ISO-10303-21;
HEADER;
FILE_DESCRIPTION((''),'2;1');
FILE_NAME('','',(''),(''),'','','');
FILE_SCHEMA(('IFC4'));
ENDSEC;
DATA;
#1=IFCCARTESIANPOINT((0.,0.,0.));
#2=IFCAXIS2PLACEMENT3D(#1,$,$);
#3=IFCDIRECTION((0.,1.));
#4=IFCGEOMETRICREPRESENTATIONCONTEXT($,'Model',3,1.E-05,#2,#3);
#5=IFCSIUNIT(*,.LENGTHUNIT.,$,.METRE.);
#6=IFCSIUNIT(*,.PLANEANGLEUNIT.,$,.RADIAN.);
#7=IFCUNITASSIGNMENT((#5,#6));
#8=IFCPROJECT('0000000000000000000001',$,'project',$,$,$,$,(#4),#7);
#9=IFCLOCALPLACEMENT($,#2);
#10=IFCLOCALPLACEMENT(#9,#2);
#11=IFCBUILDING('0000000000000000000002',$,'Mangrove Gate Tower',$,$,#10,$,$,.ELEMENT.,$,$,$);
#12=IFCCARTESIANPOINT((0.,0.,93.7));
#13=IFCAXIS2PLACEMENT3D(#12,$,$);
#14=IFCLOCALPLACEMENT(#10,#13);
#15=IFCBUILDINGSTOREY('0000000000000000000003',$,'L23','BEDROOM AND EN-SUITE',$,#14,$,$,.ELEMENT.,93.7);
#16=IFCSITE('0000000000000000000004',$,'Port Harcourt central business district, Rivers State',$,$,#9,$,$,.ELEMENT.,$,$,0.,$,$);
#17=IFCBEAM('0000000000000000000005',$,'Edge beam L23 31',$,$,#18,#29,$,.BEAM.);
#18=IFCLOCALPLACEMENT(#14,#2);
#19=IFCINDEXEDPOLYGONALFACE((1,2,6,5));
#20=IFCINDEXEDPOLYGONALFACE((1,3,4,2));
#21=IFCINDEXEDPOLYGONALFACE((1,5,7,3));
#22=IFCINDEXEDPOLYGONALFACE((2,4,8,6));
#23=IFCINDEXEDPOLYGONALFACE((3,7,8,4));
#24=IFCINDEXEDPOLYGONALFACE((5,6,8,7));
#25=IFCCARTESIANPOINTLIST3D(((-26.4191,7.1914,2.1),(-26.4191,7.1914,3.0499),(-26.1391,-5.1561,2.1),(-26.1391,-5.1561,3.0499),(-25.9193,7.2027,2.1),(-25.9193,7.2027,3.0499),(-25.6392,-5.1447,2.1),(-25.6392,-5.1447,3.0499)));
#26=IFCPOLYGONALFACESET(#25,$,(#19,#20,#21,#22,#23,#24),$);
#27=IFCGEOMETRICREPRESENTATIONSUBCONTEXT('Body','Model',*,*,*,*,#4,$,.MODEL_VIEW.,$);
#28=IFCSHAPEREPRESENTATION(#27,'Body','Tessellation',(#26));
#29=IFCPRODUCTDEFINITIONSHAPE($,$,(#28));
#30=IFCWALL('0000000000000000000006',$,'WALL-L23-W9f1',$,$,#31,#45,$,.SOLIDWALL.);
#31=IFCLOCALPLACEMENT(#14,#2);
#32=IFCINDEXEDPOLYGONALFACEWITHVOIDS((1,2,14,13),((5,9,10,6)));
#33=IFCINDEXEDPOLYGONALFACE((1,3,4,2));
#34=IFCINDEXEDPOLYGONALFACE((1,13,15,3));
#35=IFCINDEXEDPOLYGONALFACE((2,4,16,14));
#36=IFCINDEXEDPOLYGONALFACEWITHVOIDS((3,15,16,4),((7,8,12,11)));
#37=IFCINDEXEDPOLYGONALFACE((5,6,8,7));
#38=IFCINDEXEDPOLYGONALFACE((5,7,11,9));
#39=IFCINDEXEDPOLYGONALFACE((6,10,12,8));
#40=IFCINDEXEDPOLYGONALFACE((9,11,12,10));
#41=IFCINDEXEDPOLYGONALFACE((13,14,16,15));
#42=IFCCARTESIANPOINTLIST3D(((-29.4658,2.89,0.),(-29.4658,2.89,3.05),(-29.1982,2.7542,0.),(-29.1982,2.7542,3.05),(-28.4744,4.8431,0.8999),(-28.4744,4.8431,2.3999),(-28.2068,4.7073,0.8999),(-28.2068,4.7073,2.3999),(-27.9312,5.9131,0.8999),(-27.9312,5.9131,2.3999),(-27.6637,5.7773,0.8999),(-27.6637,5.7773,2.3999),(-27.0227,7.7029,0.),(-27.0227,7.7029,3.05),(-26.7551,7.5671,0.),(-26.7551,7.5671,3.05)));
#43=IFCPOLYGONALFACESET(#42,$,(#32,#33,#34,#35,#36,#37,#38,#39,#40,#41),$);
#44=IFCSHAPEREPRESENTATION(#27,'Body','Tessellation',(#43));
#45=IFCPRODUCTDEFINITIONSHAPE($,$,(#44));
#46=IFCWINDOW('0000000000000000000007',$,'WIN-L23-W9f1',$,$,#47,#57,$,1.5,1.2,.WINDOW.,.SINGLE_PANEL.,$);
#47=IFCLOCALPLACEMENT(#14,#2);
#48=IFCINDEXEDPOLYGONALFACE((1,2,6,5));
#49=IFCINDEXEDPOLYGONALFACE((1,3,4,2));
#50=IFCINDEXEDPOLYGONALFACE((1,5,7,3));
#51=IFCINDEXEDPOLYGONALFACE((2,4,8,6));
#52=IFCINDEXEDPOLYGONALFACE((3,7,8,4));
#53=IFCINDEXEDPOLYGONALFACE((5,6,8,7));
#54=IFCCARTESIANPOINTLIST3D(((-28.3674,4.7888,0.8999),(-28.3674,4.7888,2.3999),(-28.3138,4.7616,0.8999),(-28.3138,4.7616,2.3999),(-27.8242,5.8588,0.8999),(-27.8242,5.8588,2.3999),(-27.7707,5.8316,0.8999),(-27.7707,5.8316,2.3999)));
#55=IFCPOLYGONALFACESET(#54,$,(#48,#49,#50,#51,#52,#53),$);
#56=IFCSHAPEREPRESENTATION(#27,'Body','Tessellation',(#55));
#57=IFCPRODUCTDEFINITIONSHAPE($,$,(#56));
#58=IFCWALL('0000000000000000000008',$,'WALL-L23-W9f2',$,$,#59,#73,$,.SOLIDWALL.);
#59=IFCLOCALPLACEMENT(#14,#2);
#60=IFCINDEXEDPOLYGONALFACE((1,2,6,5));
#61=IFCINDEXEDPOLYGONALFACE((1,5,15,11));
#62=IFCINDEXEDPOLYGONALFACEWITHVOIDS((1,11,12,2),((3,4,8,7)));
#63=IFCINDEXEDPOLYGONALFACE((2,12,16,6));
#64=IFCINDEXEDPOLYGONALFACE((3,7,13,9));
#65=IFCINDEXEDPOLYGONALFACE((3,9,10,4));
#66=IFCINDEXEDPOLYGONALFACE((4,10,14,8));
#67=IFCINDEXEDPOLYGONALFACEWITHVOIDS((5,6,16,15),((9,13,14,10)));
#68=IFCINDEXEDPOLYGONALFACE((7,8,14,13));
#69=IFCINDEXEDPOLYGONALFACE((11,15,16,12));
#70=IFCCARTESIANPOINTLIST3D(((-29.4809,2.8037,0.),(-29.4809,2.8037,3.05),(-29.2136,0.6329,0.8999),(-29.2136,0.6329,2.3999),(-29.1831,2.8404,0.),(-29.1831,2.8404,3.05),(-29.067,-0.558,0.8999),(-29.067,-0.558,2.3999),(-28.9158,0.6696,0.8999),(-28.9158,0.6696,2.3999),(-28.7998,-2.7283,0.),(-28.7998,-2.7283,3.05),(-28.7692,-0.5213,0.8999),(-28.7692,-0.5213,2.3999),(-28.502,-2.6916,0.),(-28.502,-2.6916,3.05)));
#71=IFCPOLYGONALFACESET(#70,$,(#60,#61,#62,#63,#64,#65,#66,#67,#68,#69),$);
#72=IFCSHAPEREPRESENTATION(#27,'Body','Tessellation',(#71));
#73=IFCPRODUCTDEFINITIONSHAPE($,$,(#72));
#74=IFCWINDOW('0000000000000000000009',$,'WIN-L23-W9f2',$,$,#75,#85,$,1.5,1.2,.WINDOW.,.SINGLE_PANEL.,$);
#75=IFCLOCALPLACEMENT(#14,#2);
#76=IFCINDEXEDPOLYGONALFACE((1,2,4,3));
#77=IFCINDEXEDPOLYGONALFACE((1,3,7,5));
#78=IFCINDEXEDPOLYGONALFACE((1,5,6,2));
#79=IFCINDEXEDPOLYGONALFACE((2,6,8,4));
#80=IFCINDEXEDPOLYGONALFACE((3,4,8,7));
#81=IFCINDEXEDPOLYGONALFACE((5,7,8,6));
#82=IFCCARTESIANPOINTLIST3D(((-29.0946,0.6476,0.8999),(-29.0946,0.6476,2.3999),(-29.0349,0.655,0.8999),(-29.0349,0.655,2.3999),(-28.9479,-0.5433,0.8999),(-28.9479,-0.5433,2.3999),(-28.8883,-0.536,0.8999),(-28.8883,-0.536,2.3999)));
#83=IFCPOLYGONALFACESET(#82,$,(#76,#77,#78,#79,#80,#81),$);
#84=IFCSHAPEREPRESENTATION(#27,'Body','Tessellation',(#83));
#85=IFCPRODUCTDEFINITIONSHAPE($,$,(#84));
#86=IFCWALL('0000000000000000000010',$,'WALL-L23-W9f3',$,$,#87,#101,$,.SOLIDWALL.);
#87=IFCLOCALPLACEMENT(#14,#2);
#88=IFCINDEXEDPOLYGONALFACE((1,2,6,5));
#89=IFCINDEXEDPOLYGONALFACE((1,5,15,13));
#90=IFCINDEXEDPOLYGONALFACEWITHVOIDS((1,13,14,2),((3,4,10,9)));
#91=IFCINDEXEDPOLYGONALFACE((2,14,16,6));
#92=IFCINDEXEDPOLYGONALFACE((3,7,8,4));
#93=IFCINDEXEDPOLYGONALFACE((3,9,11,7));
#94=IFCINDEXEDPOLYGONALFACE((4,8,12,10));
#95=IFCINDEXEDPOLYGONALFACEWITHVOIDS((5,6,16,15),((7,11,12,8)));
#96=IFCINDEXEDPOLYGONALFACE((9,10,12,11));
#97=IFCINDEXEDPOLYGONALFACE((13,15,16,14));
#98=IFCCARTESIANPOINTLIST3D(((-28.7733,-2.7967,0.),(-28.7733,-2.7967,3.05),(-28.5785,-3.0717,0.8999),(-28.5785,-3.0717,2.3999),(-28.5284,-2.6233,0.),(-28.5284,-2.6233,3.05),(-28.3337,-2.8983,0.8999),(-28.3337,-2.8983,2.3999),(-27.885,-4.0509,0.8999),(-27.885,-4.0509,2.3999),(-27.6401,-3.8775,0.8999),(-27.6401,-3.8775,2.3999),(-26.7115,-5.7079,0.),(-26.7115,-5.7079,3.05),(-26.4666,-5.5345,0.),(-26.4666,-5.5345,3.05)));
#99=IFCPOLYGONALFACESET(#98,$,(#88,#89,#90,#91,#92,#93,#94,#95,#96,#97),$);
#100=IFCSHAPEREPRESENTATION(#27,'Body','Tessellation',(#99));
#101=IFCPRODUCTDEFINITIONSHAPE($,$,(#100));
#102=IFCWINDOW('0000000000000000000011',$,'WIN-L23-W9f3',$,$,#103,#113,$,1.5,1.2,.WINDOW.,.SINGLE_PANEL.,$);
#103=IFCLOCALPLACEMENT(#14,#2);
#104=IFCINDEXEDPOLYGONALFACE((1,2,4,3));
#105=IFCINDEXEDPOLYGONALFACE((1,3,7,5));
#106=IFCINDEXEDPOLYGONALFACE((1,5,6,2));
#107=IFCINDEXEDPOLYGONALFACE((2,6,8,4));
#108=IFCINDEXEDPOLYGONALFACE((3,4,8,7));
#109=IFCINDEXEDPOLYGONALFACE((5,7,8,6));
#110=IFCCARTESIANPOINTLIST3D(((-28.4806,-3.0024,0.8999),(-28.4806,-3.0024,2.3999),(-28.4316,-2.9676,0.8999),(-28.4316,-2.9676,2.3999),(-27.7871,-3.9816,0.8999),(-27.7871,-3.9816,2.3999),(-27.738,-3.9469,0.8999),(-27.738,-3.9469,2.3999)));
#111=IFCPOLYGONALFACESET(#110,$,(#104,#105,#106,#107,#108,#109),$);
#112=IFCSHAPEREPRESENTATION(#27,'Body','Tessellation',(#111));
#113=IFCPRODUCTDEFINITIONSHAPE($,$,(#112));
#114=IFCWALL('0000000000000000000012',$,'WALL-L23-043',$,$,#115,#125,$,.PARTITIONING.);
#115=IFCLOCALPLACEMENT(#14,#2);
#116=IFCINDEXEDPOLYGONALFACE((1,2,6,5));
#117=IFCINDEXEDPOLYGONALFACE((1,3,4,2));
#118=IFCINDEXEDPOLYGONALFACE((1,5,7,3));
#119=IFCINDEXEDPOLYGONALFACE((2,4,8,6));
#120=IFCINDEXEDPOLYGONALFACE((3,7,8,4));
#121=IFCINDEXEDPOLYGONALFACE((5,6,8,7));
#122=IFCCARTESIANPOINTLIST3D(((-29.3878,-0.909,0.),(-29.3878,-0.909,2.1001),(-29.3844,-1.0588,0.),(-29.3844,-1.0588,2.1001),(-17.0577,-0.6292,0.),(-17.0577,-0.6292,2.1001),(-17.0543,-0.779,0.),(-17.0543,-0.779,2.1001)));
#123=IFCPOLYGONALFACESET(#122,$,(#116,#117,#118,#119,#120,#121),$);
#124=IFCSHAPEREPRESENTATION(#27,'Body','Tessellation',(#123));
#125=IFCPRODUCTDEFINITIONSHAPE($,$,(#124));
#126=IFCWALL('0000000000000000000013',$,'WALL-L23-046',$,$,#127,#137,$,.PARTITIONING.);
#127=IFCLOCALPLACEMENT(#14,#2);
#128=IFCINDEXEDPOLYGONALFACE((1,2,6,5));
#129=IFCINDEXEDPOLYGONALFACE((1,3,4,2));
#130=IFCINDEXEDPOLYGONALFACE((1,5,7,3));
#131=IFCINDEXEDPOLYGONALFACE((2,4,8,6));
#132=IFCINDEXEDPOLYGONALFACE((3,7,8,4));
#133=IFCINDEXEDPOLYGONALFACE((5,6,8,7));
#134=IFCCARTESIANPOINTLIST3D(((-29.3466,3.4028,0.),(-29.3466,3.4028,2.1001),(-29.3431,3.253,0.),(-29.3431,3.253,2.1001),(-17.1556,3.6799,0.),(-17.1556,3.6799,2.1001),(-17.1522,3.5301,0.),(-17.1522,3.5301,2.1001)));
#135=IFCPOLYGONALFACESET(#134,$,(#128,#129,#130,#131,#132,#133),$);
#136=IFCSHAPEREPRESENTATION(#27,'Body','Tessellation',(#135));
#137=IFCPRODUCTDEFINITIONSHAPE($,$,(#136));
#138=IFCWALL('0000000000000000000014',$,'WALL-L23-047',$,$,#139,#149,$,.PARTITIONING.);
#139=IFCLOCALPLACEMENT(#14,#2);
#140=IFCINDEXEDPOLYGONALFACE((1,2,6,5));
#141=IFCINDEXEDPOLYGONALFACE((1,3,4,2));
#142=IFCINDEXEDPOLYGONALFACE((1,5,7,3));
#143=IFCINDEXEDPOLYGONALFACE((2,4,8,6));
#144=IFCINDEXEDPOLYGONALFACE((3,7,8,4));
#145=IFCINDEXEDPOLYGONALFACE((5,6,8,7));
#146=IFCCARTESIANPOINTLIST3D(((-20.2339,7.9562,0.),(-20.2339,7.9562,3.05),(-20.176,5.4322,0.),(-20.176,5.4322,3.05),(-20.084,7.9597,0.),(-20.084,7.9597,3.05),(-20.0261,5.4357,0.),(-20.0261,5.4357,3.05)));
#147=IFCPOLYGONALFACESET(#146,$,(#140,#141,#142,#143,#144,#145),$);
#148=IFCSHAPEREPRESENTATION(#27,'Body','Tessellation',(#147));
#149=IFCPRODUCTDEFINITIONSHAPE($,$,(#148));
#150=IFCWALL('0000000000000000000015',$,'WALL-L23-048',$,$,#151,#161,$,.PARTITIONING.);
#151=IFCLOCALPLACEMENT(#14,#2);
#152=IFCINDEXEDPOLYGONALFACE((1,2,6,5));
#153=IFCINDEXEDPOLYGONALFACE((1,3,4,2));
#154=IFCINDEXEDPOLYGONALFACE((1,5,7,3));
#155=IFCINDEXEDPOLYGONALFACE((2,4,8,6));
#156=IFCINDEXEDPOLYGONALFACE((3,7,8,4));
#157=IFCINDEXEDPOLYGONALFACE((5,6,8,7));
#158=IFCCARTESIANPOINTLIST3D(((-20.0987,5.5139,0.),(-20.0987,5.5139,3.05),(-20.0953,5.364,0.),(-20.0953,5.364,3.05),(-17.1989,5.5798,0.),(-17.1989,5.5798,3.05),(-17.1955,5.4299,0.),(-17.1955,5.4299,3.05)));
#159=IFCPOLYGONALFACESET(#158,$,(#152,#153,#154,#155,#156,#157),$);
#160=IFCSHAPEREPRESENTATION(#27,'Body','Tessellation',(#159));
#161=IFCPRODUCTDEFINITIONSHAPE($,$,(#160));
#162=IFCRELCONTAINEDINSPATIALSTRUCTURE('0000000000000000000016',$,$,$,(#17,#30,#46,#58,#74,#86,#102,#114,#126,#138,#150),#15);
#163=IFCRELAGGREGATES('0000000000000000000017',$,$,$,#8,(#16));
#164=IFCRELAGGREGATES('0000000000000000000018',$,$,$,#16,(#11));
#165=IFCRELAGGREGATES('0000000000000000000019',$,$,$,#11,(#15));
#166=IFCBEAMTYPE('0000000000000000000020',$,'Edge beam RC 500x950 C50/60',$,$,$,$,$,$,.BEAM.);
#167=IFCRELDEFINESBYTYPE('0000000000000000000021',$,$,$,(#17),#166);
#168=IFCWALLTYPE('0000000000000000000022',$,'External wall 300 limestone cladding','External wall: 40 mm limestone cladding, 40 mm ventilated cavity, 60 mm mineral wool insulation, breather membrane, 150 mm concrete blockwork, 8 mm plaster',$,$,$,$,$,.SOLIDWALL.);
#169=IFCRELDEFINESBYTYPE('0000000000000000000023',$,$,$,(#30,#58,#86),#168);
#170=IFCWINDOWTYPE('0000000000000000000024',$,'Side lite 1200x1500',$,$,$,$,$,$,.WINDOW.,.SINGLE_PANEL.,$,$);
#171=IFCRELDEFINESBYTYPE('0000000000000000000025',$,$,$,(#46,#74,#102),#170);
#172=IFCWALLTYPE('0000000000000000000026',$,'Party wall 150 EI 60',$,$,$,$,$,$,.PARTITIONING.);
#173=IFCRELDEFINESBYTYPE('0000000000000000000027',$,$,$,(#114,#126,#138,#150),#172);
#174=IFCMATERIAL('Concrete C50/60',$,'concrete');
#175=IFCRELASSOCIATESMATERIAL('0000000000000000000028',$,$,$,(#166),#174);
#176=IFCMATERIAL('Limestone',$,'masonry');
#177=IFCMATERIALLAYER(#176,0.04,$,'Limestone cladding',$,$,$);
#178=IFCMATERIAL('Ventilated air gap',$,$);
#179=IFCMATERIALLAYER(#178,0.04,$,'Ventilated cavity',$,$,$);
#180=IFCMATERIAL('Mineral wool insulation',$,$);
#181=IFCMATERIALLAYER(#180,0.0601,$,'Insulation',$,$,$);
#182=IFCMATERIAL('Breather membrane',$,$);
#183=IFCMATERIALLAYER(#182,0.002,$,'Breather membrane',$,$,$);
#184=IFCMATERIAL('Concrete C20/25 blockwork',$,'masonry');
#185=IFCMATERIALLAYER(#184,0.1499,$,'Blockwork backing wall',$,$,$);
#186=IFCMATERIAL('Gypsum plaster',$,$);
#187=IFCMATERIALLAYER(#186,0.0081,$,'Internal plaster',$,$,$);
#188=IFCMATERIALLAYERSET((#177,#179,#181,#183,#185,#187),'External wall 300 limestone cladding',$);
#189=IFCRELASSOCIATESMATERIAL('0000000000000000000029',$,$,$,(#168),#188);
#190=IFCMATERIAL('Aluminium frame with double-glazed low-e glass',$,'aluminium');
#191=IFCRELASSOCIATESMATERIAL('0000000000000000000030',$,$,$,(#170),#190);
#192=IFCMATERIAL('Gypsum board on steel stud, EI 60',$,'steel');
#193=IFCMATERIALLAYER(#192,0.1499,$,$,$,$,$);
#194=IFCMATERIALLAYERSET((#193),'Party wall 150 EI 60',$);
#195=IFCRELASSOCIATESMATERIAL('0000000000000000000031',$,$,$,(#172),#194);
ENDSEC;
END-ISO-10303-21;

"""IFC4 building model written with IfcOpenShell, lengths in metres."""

from ifc_helpers import new_model, si_unit, direction, frame, frame_2d, origin, origin_2d, place, context, subcontext, project, spatial, rectangle, extrude, material, layer, layer_set, material_profile, profile_set, type_object, element, fill, save


model = new_model("IFC4")

# Units and contexts
model_context = context("Model", 3, precision=1e-05, world=origin(), true_north=direction((0.0, 1.0)))
body_context = subcontext(model_context, "Body", "Model", "MODEL_VIEW")
ifc_project = project(units=[si_unit("LENGTHUNIT", "METRE"), si_unit("PLANEANGLEUNIT", "RADIAN")], contexts=[model_context])

# Site, building, storey
site_placement = place(None, origin())
site = spatial("IfcSite", under=ifc_project, at=site_placement, Name="Port Harcourt central business district, Rivers State", CompositionType="ELEMENT", RefElevation=0.0)
building_placement = place(site_placement, origin())
building = spatial("IfcBuilding", under=site, at=building_placement, Name="Mangrove Gate Tower", CompositionType="ELEMENT")
storey_placement = place(building_placement, frame((0.0, 0.0, 93.7)))
storey = spatial("IfcBuildingStorey", under=building, at=storey_placement, Name="L23", Description="BEDROOM AND EN-SUITE", CompositionType="ELEMENT", Elevation=93.7)

# Beam
ifc_material_1 = material(Name="Concrete C50/60", Category="concrete")
ifc_material_profile = material_profile(ifc_material_1, rectangle(XDim=0.5, YDim=0.95, at=origin_2d()))
ifc_profile_set = profile_set([ifc_material_profile], Name="Concrete C50/60")
beam_type = type_object("IfcBeamType", Name="Edge beam RC 500x950 C50/60", PredefinedType="BEAM", material=ifc_profile_set)
beam_placement = place(storey_placement, frame((-26.1692, 7.197, 2.575), z_axis=(0.022673, -0.999743, 0.0), x_axis=(0.999743, 0.022673, 0.0)))
element("IfcBeam", 1, at=beam_placement, inside=storey, type_object=beam_type, Name="Edge beam L23 31", PredefinedType="BEAM", context=body_context, shape_type="SweptSolid", body=[
    extrude(rectangle(XDim=0.5, YDim=0.95, at=origin_2d()), origin(), (0.0, 0.0, 1.0), 12.3506),
])

# Walls, openings, windows
ifc_material_2 = material(Name="Limestone", Category="masonry")
ifc_layer_1 = layer(ifc_material_2, 0.04, Name="Limestone cladding")
ifc_material_3 = material(Name="Ventilated air gap")
ifc_layer_2 = layer(ifc_material_3, 0.04, Name="Ventilated cavity")
ifc_material_4 = material(Name="Mineral wool insulation")
ifc_layer_3 = layer(ifc_material_4, 0.0601, Name="Insulation")
ifc_material_5 = material(Name="Breather membrane")
ifc_layer_4 = layer(ifc_material_5, 0.002, Name="Breather membrane")
ifc_material_6 = material(Name="Concrete C20/25 blockwork", Category="masonry")
ifc_layer_5 = layer(ifc_material_6, 0.1499, Name="Blockwork backing wall")
ifc_material_7 = material(Name="Gypsum plaster")
ifc_layer_6 = layer(ifc_material_7, 0.0081, Name="Internal plaster")
ifc_layer_set_1 = layer_set([ifc_layer_1, ifc_layer_2, ifc_layer_3, ifc_layer_4, ifc_layer_5, ifc_layer_6], Name="External wall 300 limestone cladding")
wall_type_1 = type_object("IfcWallType", Name="External wall 300 limestone cladding", Description="External wall: 40 mm limestone cladding, 40 mm ventilated cavity, 60 mm mineral wool insulation, breather membrane, 150 mm concrete blockwork, 8 mm plaster", PredefinedType="SOLIDWALL", material=ifc_layer_set_1)
wall_1_placement = place(storey_placement, frame((-26.8889, 7.635, 0.0), z_axis=(0.0, 0.0, 1.0), x_axis=(-0.452633, -0.891697, 0.0)))
wall_1 = element("IfcWall", 2, at=wall_1_placement, inside=storey, type_object=wall_type_1, Name="WALL-L23-W9f1", PredefinedType="SOLIDWALL", context=body_context, shape_type="SweptSolid", body=[
    extrude(rectangle(XDim=5.3975, YDim=0.3, at=frame_2d((2.6987, 0.0))), origin(), (0.0, 0.0, 1.0), 3.05),
])
opening_1_placement = place(wall_1_placement, frame((2.0071, 0.0, 0.8999)))
opening_1 = element("IfcOpeningElement", 3, at=opening_1_placement, cuts=wall_1, PredefinedType="OPENING", context=body_context, shape_type="SweptSolid", body=[
    extrude(rectangle(XDim=1.2, YDim=1.5, at=frame_2d((0.6001, 0.75))), frame((0.0, 0.1599, 0.0), z_axis=(0.0, -1.0, 0.0), x_axis=(1.0, 0.0, 0.0)), (0.0, 0.0, 1.0), 0.3201),
])
ifc_material_8 = material(Name="Aluminium frame with double-glazed low-e glass", Category="aluminium")
window_type = type_object("IfcWindowType", Name="Side lite 1200x1500", PartitioningType="SINGLE_PANEL", PredefinedType="WINDOW", material=ifc_material_8)
window_1_placement = place(opening_1_placement, origin())
window_1 = element("IfcWindow", 4, at=window_1_placement, inside=storey, type_object=window_type, Name="WIN-L23-W9f1", OverallHeight=1.5, OverallWidth=1.2, PartitioningType="SINGLE_PANEL", PredefinedType="WINDOW", context=body_context, shape_type="SweptSolid", body=[
    extrude(rectangle(XDim=1.2, YDim=1.5, at=frame_2d((0.6001, 0.75))), frame((0.0, 0.03, 0.0), z_axis=(0.0, -1.0, 0.0), x_axis=(1.0, 0.0, 0.0)), (0.0, 0.0, 1.0), 0.0601),
])
fill(opening_1, window_1)
wall_2_placement = place(storey_placement, frame((-29.332, 2.822, 0.0), z_axis=(0.0, 0.0, 1.0), x_axis=(0.122207, -0.992505, 0.0)))
wall_2 = element("IfcWall", 5, at=wall_2_placement, inside=storey, type_object=wall_type_1, Name="WALL-L23-W9f2", PredefinedType="SOLIDWALL", context=body_context, shape_type="SweptSolid", body=[
    extrude(rectangle(XDim=5.5737, YDim=0.3, at=frame_2d((2.7869, 0.0))), origin(), (0.0, 0.0, 1.0), 3.05),
])
opening_2_placement = place(wall_2_placement, frame((2.187, 0.0, 0.8999)))
opening_2 = element("IfcOpeningElement", 6, at=opening_2_placement, cuts=wall_2, PredefinedType="OPENING", context=body_context, shape_type="SweptSolid", body=[
    extrude(rectangle(XDim=1.2, YDim=1.5, at=frame_2d((0.6001, 0.75))), frame((0.0, 0.1599, 0.0), z_axis=(0.0, -1.0, 0.0), x_axis=(1.0, 0.0, 0.0)), (0.0, 0.0, 1.0), 0.3201),
])
window_2_placement = place(opening_2_placement, origin())
window_2 = element("IfcWindow", 7, at=window_2_placement, inside=storey, type_object=window_type, Name="WIN-L23-W9f2", OverallHeight=1.5, OverallWidth=1.2, PartitioningType="SINGLE_PANEL", PredefinedType="WINDOW", context=body_context, shape_type="SweptSolid", body=[
    extrude(rectangle(XDim=1.2, YDim=1.5, at=frame_2d((0.6001, 0.75))), frame((0.0, 0.03, 0.0), z_axis=(0.0, -1.0, 0.0), x_axis=(1.0, 0.0, 0.0)), (0.0, 0.0, 1.0), 0.0601),
])
fill(opening_2, window_2)
wall_3_placement = place(storey_placement, frame((-28.6509, -2.71, 0.0), z_axis=(0.0, 0.0, 1.0), x_axis=(0.577964, -0.816062, 0.0)))
wall_3 = element("IfcWall", 8, at=wall_3_placement, inside=storey, type_object=wall_type_1, Name="WALL-L23-W9f3", PredefinedType="SOLIDWALL", context=body_context, shape_type="SweptSolid", body=[
    extrude(rectangle(XDim=3.5674, YDim=0.3, at=frame_2d((1.7837, 0.0))), origin(), (0.0, 0.0, 1.0), 3.05),
])
opening_3_placement = place(wall_3_placement, frame((0.3369, 0.0, 0.8999)))
opening_3 = element("IfcOpeningElement", 9, at=opening_3_placement, cuts=wall_3, PredefinedType="OPENING", context=body_context, shape_type="SweptSolid", body=[
    extrude(rectangle(XDim=1.2, YDim=1.5, at=frame_2d((0.6001, 0.75))), frame((0.0, 0.1599, 0.0), z_axis=(0.0, -1.0, 0.0), x_axis=(1.0, 0.0, 0.0)), (0.0, 0.0, 1.0), 0.3201),
])
window_3_placement = place(opening_3_placement, origin())
window_3 = element("IfcWindow", 10, at=window_3_placement, inside=storey, type_object=window_type, Name="WIN-L23-W9f3", OverallHeight=1.5, OverallWidth=1.2, PartitioningType="SINGLE_PANEL", PredefinedType="WINDOW", context=body_context, shape_type="SweptSolid", body=[
    extrude(rectangle(XDim=1.2, YDim=1.5, at=frame_2d((0.6001, 0.75))), frame((0.0, 0.03, 0.0), z_axis=(0.0, -1.0, 0.0), x_axis=(1.0, 0.0, 0.0)), (0.0, 0.0, 1.0), 0.0601),
])
fill(opening_3, window_3)

# Walls
ifc_material_9 = material(Name="Gypsum board on steel stud, EI 60", Category="steel")
ifc_layer_7 = layer(ifc_material_9, 0.1499)
ifc_layer_set_2 = layer_set([ifc_layer_7], Name="Party wall 150 EI 60")
wall_type_2 = type_object("IfcWallType", Name="Party wall 150 EI 60", PredefinedType="PARTITIONING", material=ifc_layer_set_2)
wall_4_placement = place(storey_placement, frame((-29.386, -0.9839, 0.0), z_axis=(0.0, 0.0, 1.0), x_axis=(0.999743, 0.022685, 0.0)))
element("IfcWall", 11, at=wall_4_placement, inside=storey, type_object=wall_type_2, Name="WALL-L23-043", PredefinedType="PARTITIONING", context=body_context, shape_type="SweptSolid", body=[
    extrude(rectangle(XDim=12.3333, YDim=0.1499, at=frame_2d((6.1665, 0.0))), origin(), (0.0, 0.0, 1.0), 2.1001),
])
wall_5_placement = place(storey_placement, frame((-29.345, 3.3279, 0.0), z_axis=(0.0, 0.0, 1.0), x_axis=(0.999742, 0.022724, 0.0)))
element("IfcWall", 12, at=wall_5_placement, inside=storey, type_object=wall_type_2, Name="WALL-L23-046", PredefinedType="PARTITIONING", context=body_context, shape_type="SweptSolid", body=[
    extrude(rectangle(XDim=12.1941, YDim=0.1499, at=frame_2d((6.0972, 0.0))), origin(), (0.0, 0.0, 1.0), 2.1001),
])
wall_6_placement = place(storey_placement, frame((-20.1011, 5.4341, 0.0), z_axis=(0.0, 0.0, 1.0), x_axis=(-0.022919, 0.999737, 0.0)))
element("IfcWall", 13, at=wall_6_placement, inside=storey, type_object=wall_type_2, Name="WALL-L23-047", PredefinedType="PARTITIONING", context=body_context, shape_type="SweptSolid", body=[
    extrude(rectangle(XDim=2.5247, YDim=0.1499, at=frame_2d((1.2622, 0.0))), origin(), (0.0, 0.0, 1.0), 3.05),
])
wall_7_placement = place(storey_placement, frame((-20.0969, 5.439, 0.0), z_axis=(0.0, 0.0, 1.0), x_axis=(0.999742, 0.022725, 0.0)))
element("IfcWall", 14, at=wall_7_placement, inside=storey, type_object=wall_type_2, Name="WALL-L23-048", PredefinedType="PARTITIONING", context=body_context, shape_type="SweptSolid", body=[
    extrude(rectangle(XDim=2.9006, YDim=0.1499, at=frame_2d((1.4502, 0.0))), origin(), (0.0, 0.0, 1.0), 3.05),
])

save(model, "model.ifc")
